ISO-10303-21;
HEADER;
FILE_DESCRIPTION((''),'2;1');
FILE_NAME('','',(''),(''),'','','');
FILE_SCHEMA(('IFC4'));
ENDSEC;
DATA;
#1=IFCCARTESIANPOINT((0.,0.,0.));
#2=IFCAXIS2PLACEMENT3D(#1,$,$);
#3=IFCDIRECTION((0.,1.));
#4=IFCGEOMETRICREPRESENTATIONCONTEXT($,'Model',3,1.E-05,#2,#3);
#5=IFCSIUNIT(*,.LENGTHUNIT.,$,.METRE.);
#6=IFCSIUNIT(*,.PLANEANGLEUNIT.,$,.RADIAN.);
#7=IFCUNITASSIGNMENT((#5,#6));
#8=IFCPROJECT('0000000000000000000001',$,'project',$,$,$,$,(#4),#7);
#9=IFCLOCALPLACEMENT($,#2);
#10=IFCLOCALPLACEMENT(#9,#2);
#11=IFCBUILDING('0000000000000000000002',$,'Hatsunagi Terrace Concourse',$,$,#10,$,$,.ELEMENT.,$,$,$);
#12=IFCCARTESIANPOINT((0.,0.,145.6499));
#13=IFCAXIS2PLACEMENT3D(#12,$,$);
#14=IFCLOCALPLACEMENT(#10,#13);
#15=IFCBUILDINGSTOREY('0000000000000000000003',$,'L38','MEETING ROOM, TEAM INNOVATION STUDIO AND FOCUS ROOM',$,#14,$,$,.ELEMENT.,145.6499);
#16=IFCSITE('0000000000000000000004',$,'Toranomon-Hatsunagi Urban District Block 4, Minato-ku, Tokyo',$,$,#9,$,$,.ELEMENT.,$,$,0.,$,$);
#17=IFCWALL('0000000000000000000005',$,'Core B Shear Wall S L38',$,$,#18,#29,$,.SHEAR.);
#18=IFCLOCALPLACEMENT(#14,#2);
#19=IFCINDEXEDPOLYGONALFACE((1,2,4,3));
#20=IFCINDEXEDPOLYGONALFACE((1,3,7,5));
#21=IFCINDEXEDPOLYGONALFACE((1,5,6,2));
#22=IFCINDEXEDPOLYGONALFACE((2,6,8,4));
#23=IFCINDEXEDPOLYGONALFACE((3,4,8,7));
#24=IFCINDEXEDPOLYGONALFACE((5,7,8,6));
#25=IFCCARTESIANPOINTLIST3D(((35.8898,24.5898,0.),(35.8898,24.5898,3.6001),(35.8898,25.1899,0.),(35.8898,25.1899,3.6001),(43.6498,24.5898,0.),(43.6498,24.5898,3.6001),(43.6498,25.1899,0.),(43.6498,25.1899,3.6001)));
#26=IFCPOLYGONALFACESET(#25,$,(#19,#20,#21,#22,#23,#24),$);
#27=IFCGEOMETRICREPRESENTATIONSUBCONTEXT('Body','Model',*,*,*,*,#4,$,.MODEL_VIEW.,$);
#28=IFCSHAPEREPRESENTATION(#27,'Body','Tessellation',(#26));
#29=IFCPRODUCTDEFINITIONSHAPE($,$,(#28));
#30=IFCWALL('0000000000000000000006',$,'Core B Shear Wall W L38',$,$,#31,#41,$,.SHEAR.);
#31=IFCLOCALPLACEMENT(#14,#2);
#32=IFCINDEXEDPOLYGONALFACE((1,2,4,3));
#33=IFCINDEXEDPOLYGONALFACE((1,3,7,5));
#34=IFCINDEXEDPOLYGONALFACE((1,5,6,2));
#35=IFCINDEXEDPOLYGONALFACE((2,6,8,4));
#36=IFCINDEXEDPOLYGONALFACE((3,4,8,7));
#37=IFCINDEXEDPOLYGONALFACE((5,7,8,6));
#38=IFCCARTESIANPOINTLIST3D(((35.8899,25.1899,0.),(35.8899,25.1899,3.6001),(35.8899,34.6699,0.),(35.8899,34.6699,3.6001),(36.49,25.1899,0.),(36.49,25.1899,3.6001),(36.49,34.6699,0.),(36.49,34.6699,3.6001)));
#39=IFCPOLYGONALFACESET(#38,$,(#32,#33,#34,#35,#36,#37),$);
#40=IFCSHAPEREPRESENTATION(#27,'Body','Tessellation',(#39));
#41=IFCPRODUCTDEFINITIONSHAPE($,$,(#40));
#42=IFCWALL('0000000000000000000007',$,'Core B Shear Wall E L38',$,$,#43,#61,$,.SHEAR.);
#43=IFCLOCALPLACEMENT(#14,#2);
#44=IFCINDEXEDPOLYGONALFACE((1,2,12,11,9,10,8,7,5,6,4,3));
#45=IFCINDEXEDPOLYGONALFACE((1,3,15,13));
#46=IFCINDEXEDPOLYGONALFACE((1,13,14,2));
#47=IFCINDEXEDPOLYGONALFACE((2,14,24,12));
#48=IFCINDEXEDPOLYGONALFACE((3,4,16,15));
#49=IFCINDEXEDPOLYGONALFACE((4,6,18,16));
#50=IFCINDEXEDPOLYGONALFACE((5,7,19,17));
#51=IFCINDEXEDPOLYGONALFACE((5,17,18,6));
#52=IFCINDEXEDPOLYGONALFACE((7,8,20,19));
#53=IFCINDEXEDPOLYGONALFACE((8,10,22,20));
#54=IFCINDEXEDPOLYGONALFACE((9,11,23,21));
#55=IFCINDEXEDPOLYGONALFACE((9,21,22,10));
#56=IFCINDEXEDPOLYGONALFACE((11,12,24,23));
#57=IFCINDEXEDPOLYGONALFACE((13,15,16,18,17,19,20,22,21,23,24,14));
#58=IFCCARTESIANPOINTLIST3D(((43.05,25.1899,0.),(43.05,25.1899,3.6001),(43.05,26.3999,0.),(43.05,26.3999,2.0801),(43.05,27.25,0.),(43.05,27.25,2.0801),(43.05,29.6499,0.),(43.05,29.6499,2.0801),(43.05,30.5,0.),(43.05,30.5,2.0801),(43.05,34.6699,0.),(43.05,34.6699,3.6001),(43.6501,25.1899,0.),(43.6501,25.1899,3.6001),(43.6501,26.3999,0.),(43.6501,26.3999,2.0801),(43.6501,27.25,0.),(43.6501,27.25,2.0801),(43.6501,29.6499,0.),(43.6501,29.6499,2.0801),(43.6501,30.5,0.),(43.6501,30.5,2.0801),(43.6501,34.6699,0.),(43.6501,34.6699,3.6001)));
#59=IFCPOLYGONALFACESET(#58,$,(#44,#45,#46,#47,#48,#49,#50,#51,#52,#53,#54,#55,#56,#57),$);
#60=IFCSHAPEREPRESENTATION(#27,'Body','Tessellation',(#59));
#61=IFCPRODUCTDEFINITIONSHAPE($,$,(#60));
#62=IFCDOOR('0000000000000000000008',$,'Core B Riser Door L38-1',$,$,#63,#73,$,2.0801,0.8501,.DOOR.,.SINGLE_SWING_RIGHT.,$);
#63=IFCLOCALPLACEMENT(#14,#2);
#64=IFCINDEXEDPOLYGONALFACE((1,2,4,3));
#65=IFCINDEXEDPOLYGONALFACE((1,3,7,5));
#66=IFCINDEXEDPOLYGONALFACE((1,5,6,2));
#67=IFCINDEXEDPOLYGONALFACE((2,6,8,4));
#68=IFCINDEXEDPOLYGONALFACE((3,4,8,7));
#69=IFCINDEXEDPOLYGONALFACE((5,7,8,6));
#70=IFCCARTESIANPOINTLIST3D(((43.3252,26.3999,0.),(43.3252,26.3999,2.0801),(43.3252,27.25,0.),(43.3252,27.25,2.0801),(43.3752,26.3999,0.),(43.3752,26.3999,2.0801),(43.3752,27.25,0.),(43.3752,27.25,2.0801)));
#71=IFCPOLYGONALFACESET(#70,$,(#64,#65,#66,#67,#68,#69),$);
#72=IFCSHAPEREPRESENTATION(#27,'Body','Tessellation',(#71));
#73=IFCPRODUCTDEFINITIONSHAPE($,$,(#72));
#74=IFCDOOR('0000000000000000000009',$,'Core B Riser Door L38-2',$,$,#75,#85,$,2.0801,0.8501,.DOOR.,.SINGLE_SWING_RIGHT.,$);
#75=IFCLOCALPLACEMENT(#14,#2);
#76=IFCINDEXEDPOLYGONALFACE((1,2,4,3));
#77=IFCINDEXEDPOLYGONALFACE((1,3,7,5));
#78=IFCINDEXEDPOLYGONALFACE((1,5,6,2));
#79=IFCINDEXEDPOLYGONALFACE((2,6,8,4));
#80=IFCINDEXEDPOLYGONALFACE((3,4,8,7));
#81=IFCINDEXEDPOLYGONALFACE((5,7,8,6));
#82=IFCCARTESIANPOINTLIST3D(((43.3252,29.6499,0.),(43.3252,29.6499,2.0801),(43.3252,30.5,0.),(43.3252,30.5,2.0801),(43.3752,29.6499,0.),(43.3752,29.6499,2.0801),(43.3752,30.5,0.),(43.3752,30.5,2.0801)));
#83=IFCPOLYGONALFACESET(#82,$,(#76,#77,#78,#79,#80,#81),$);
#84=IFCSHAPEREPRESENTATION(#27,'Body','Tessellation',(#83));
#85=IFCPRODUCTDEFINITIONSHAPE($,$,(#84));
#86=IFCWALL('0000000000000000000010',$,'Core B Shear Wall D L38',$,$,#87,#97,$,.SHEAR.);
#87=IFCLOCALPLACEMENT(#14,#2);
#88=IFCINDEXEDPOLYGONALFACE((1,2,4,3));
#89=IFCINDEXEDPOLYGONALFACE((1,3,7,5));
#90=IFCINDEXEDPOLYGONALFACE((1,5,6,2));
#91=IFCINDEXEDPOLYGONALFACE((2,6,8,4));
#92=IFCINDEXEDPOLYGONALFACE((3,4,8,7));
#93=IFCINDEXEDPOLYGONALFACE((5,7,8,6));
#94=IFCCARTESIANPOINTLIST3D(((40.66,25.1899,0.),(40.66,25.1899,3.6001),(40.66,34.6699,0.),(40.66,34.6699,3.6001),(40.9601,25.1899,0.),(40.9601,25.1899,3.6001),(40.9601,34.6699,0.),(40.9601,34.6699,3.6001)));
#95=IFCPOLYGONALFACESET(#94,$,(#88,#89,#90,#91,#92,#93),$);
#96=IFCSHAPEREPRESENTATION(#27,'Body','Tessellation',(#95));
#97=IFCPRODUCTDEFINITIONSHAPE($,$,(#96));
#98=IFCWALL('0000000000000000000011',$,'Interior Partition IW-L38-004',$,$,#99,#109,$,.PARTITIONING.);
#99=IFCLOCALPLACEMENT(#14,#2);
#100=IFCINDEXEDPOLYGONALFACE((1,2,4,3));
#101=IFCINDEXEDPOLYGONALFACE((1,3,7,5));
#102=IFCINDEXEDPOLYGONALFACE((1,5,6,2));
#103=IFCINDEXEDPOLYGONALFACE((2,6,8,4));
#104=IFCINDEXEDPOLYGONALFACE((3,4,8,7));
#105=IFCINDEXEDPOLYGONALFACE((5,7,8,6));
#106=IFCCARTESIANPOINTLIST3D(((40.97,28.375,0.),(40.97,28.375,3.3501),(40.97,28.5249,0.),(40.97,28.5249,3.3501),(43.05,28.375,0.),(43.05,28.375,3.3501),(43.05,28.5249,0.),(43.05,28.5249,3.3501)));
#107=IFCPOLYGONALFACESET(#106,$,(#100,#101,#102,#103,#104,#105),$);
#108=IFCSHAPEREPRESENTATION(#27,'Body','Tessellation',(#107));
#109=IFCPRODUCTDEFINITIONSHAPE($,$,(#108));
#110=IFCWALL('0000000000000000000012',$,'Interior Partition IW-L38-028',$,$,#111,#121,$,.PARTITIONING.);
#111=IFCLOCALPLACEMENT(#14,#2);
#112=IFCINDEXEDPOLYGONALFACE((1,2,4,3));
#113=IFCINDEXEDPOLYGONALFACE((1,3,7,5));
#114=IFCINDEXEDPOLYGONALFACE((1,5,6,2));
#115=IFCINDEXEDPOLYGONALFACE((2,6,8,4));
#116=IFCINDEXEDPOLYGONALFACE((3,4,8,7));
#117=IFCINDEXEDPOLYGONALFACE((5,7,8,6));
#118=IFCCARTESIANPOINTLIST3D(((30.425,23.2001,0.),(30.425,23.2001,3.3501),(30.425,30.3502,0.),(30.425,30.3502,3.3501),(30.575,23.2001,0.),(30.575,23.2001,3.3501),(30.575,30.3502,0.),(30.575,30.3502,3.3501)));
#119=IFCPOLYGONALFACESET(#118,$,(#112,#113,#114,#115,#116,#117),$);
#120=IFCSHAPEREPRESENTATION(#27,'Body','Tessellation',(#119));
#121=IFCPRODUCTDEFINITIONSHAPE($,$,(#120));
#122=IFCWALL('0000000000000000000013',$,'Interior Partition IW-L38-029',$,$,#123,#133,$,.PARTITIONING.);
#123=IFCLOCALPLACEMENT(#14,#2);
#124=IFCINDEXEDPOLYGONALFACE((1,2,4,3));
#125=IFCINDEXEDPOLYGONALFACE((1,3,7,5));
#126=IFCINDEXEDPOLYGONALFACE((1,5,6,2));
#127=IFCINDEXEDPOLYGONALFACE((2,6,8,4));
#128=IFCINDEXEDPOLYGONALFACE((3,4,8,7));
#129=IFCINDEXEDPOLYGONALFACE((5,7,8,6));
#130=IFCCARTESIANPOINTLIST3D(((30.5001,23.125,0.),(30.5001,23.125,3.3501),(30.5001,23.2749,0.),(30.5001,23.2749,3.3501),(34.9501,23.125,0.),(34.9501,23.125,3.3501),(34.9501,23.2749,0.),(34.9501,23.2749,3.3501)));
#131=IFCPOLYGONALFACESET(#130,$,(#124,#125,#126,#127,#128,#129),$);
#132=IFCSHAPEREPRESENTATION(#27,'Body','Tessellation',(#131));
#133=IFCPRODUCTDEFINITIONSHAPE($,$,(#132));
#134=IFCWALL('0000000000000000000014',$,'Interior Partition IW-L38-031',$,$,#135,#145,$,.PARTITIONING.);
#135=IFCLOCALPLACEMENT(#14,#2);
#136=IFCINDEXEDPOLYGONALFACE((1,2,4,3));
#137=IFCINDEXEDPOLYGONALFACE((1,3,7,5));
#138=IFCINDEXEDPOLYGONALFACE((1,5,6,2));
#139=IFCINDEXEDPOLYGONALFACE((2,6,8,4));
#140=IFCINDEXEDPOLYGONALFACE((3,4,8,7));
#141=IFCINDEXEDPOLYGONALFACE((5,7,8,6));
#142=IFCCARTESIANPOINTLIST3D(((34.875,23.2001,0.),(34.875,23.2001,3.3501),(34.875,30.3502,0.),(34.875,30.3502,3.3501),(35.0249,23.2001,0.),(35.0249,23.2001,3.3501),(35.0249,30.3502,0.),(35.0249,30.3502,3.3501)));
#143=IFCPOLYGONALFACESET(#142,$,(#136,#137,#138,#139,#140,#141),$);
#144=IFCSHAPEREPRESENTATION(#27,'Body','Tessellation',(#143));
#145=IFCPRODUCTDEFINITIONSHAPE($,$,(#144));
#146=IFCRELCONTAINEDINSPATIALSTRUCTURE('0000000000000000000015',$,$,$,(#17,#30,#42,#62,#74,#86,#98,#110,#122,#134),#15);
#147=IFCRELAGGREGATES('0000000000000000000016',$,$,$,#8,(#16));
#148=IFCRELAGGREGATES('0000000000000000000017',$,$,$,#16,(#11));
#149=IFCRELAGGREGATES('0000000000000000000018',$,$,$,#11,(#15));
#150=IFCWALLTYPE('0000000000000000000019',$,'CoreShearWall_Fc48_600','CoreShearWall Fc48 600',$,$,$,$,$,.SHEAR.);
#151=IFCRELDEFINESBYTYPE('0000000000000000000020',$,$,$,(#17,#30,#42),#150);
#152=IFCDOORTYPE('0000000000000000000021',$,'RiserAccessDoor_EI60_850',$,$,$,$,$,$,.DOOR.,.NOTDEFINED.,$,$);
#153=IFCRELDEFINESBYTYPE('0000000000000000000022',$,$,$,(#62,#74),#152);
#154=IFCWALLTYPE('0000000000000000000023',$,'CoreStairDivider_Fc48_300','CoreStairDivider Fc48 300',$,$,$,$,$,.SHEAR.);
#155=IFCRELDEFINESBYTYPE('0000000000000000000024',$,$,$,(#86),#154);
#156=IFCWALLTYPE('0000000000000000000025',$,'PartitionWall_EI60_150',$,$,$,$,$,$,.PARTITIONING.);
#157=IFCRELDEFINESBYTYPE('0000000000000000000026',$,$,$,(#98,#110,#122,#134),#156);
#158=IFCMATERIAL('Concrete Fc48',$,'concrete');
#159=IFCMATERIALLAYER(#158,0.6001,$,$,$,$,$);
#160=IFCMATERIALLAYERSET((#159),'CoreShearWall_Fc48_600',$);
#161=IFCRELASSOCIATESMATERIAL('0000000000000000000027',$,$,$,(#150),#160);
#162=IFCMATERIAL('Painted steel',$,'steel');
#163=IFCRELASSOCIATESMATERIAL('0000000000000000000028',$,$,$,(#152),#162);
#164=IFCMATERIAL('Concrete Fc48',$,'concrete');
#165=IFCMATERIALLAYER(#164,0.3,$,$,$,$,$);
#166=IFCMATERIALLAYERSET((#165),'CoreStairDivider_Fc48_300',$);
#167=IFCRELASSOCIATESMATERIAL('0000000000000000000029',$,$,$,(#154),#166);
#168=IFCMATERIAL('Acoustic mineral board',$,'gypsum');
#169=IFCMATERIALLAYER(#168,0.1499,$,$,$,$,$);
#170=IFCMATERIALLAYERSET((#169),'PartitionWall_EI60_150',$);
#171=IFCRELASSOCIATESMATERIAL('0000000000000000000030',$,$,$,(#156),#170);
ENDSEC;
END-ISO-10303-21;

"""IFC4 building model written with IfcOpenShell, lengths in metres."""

from ifc_helpers import new_model, si_unit, direction, frame, frame_2d, origin, place, context, subcontext, project, spatial, rectangle, extrude, material, layer, layer_set, type_object, element, fill, save


model = new_model("IFC4")

# Units and contexts
model_context = context("Model", 3, precision=1e-05, world=origin(), true_north=direction((0.0, 1.0)))
body_context = subcontext(model_context, "Body", "Model", "MODEL_VIEW")
ifc_project = project(units=[si_unit("LENGTHUNIT", "METRE"), si_unit("PLANEANGLEUNIT", "RADIAN")], contexts=[model_context])

# Site, building, storey
site_placement = place(None, origin())
site = spatial("IfcSite", under=ifc_project, at=site_placement, Name="Toranomon-Hatsunagi Urban District Block 4, Minato-ku, Tokyo", CompositionType="ELEMENT", RefElevation=0.0)
building_placement = place(site_placement, origin())
building = spatial("IfcBuilding", under=site, at=building_placement, Name="Hatsunagi Terrace Concourse", CompositionType="ELEMENT")
storey_placement = place(building_placement, frame((0.0, 0.0, 145.6499)))
storey = spatial("IfcBuildingStorey", under=building, at=storey_placement, Name="L38", Description="MEETING ROOM, TEAM INNOVATION STUDIO AND FOCUS ROOM", CompositionType="ELEMENT", Elevation=145.6499)

# Walls
ifc_material_1 = material(Name="Concrete Fc48", Category="concrete")
ifc_layer_1 = layer(ifc_material_1, 0.6001)
ifc_layer_set_1 = layer_set([ifc_layer_1], Name="CoreShearWall_Fc48_600")
wall_type_1 = type_object("IfcWallType", Name="CoreShearWall_Fc48_600", Description="CoreShearWall Fc48 600", PredefinedType="SHEAR", material=ifc_layer_set_1)
wall_1_placement = place(storey_placement, frame((35.8899, 24.8899, 0.0), z_axis=(0.0, 0.0, 1.0), x_axis=(1.0, 0.0, 0.0)))
element("IfcWall", 1, at=wall_1_placement, inside=storey, type_object=wall_type_1, Name="Core B Shear Wall S L38", PredefinedType="SHEAR", context=body_context, shape_type="SweptSolid", body=[
    extrude(rectangle(XDim=7.76, YDim=0.6001, at=frame_2d((3.8799, 0.0))), origin(), (0.0, 0.0, 1.0), 3.6001),
])
wall_2_placement = place(storey_placement, frame((36.1899, 25.1899, 0.0), z_axis=(0.0, 0.0, 1.0), x_axis=(0.0, 1.0, 0.0)))
element("IfcWall", 2, at=wall_2_placement, inside=storey, type_object=wall_type_1, Name="Core B Shear Wall W L38", PredefinedType="SHEAR", context=body_context, shape_type="SweptSolid", body=[
    extrude(rectangle(XDim=9.48, YDim=0.6001, at=frame_2d((4.74, 0.0))), origin(), (0.0, 0.0, 1.0), 3.6001),
])

# Wall, openings, doors
wall_3_placement = place(storey_placement, frame((43.3501, 25.1899, 0.0), z_axis=(0.0, 0.0, 1.0), x_axis=(0.0, 1.0, 0.0)))
wall_3 = element("IfcWall", 3, at=wall_3_placement, inside=storey, type_object=wall_type_1, Name="Core B Shear Wall E L38", PredefinedType="SHEAR", context=body_context, shape_type="SweptSolid", body=[
    extrude(rectangle(XDim=9.48, YDim=0.6001, at=frame_2d((4.74, 0.0))), origin(), (0.0, 0.0, 1.0), 3.6001),
])
opening_1_placement = place(wall_3_placement, frame((1.21, 0.0, 0.0)))
opening_1 = element("IfcOpeningElement", 4, at=opening_1_placement, cuts=wall_3, PredefinedType="OPENING", context=body_context, shape_type="SweptSolid", body=[
    extrude(rectangle(XDim=0.8501, YDim=2.0801, at=frame_2d((0.425, 1.04))), frame((0.0, 0.3101, 0.0), z_axis=(0.0, -1.0, 0.0), x_axis=(1.0, 0.0, 0.0)), (0.0, 0.0, 1.0), 0.6201),
])
opening_2_placement = place(wall_3_placement, frame((4.46, 0.0, 0.0)))
opening_2 = element("IfcOpeningElement", 5, at=opening_2_placement, cuts=wall_3, PredefinedType="OPENING", context=body_context, shape_type="SweptSolid", body=[
    extrude(rectangle(XDim=0.8501, YDim=2.0801, at=frame_2d((0.425, 1.04))), frame((0.0, 0.3101, 0.0), z_axis=(0.0, -1.0, 0.0), x_axis=(1.0, 0.0, 0.0)), (0.0, 0.0, 1.0), 0.6201),
])
ifc_material_2 = material(Name="Painted steel", Category="steel")
door_type_1 = type_object("IfcDoorType", Name="RiserAccessDoor_EI60_850", OperationType="NOTDEFINED", PredefinedType="DOOR", material=ifc_material_2)
door_1_placement = place(opening_1_placement, origin())
door_1 = element("IfcDoor", 6, at=door_1_placement, inside=storey, type_object=door_type_1, Name="Core B Riser Door L38-1", OperationType="SINGLE_SWING_RIGHT", OverallHeight=2.0801, OverallWidth=0.8501, PredefinedType="DOOR", context=body_context, shape_type="SweptSolid", body=[
    extrude(rectangle(XDim=0.8501, YDim=2.0801, at=frame_2d((0.425, 1.04))), frame((0.0, 0.0249, 0.0), z_axis=(0.0, -1.0, 0.0), x_axis=(1.0, 0.0, 0.0)), (0.0, 0.0, 1.0), 0.05),
])
fill(opening_1, door_1)
door_2_placement = place(opening_2_placement, origin())
door_2 = element("IfcDoor", 7, at=door_2_placement, inside=storey, type_object=door_type_1, Name="Core B Riser Door L38-2", OperationType="SINGLE_SWING_RIGHT", OverallHeight=2.0801, OverallWidth=0.8501, PredefinedType="DOOR", context=body_context, shape_type="SweptSolid", body=[
    extrude(rectangle(XDim=0.8501, YDim=2.0801, at=frame_2d((0.425, 1.04))), frame((0.0, 0.0249, 0.0), z_axis=(0.0, -1.0, 0.0), x_axis=(1.0, 0.0, 0.0)), (0.0, 0.0, 1.0), 0.05),
])
fill(opening_2, door_2)

# Walls
ifc_material_3 = material(Name="Concrete Fc48", Category="concrete")
ifc_layer_2 = layer(ifc_material_3, 0.3)
ifc_layer_set_2 = layer_set([ifc_layer_2], Name="CoreStairDivider_Fc48_300")
wall_type_2 = type_object("IfcWallType", Name="CoreStairDivider_Fc48_300", Description="CoreStairDivider Fc48 300", PredefinedType="SHEAR", material=ifc_layer_set_2)
wall_4_placement = place(storey_placement, frame((40.8101, 25.1899, 0.0), z_axis=(0.0, 0.0, 1.0), x_axis=(0.0, 1.0, 0.0)))
element("IfcWall", 8, at=wall_4_placement, inside=storey, type_object=wall_type_2, Name="Core B Shear Wall D L38", PredefinedType="SHEAR", context=body_context, shape_type="SweptSolid", body=[
    extrude(rectangle(XDim=9.48, YDim=0.3, at=frame_2d((4.74, 0.0))), origin(), (0.0, 0.0, 1.0), 3.6001),
])
ifc_material_4 = material(Name="Acoustic mineral board", Category="gypsum")
ifc_layer_3 = layer(ifc_material_4, 0.1499)
ifc_layer_set_3 = layer_set([ifc_layer_3], Name="PartitionWall_EI60_150")
wall_type_3 = type_object("IfcWallType", Name="PartitionWall_EI60_150", PredefinedType="PARTITIONING", material=ifc_layer_set_3)
wall_5_placement = place(storey_placement, frame((40.97, 28.45, 0.0), z_axis=(0.0, 0.0, 1.0), x_axis=(1.0, 0.0, 0.0)))
element("IfcWall", 9, at=wall_5_placement, inside=storey, type_object=wall_type_3, Name="Interior Partition IW-L38-004", PredefinedType="PARTITIONING", context=body_context, shape_type="SweptSolid", body=[
    extrude(rectangle(XDim=2.0801, YDim=0.1499, at=frame_2d((1.04, 0.0))), origin(), (0.0, 0.0, 1.0), 3.3501),
])
wall_6_placement = place(storey_placement, frame((30.5, 23.2, 0.0), z_axis=(0.0, 0.0, 1.0), x_axis=(0.0, 1.0, 0.0)))
element("IfcWall", 10, at=wall_6_placement, inside=storey, type_object=wall_type_3, Name="Interior Partition IW-L38-028", PredefinedType="PARTITIONING", context=body_context, shape_type="SweptSolid", body=[
    extrude(rectangle(XDim=7.1501, YDim=0.1499, at=frame_2d((3.5752, 0.0))), origin(), (0.0, 0.0, 1.0), 3.3501),
])
wall_7_placement = place(storey_placement, frame((30.5, 23.2, 0.0), z_axis=(0.0, 0.0, 1.0), x_axis=(1.0, 0.0, 0.0)))
element("IfcWall", 11, at=wall_7_placement, inside=storey, type_object=wall_type_3, Name="Interior Partition IW-L38-029", PredefinedType="PARTITIONING", context=body_context, shape_type="SweptSolid", body=[
    extrude(rectangle(XDim=4.45, YDim=0.1499, at=frame_2d((2.2251, 0.0))), origin(), (0.0, 0.0, 1.0), 3.3501),
])
wall_8_placement = place(storey_placement, frame((34.95, 23.2, 0.0), z_axis=(0.0, 0.0, 1.0), x_axis=(0.0, 1.0, 0.0)))
element("IfcWall", 12, at=wall_8_placement, inside=storey, type_object=wall_type_3, Name="Interior Partition IW-L38-031", PredefinedType="PARTITIONING", context=body_context, shape_type="SweptSolid", body=[
    extrude(rectangle(XDim=7.1501, YDim=0.1499, at=frame_2d((3.5752, 0.0))), origin(), (0.0, 0.0, 1.0), 3.3501),
])

save(model, "model.ifc")
